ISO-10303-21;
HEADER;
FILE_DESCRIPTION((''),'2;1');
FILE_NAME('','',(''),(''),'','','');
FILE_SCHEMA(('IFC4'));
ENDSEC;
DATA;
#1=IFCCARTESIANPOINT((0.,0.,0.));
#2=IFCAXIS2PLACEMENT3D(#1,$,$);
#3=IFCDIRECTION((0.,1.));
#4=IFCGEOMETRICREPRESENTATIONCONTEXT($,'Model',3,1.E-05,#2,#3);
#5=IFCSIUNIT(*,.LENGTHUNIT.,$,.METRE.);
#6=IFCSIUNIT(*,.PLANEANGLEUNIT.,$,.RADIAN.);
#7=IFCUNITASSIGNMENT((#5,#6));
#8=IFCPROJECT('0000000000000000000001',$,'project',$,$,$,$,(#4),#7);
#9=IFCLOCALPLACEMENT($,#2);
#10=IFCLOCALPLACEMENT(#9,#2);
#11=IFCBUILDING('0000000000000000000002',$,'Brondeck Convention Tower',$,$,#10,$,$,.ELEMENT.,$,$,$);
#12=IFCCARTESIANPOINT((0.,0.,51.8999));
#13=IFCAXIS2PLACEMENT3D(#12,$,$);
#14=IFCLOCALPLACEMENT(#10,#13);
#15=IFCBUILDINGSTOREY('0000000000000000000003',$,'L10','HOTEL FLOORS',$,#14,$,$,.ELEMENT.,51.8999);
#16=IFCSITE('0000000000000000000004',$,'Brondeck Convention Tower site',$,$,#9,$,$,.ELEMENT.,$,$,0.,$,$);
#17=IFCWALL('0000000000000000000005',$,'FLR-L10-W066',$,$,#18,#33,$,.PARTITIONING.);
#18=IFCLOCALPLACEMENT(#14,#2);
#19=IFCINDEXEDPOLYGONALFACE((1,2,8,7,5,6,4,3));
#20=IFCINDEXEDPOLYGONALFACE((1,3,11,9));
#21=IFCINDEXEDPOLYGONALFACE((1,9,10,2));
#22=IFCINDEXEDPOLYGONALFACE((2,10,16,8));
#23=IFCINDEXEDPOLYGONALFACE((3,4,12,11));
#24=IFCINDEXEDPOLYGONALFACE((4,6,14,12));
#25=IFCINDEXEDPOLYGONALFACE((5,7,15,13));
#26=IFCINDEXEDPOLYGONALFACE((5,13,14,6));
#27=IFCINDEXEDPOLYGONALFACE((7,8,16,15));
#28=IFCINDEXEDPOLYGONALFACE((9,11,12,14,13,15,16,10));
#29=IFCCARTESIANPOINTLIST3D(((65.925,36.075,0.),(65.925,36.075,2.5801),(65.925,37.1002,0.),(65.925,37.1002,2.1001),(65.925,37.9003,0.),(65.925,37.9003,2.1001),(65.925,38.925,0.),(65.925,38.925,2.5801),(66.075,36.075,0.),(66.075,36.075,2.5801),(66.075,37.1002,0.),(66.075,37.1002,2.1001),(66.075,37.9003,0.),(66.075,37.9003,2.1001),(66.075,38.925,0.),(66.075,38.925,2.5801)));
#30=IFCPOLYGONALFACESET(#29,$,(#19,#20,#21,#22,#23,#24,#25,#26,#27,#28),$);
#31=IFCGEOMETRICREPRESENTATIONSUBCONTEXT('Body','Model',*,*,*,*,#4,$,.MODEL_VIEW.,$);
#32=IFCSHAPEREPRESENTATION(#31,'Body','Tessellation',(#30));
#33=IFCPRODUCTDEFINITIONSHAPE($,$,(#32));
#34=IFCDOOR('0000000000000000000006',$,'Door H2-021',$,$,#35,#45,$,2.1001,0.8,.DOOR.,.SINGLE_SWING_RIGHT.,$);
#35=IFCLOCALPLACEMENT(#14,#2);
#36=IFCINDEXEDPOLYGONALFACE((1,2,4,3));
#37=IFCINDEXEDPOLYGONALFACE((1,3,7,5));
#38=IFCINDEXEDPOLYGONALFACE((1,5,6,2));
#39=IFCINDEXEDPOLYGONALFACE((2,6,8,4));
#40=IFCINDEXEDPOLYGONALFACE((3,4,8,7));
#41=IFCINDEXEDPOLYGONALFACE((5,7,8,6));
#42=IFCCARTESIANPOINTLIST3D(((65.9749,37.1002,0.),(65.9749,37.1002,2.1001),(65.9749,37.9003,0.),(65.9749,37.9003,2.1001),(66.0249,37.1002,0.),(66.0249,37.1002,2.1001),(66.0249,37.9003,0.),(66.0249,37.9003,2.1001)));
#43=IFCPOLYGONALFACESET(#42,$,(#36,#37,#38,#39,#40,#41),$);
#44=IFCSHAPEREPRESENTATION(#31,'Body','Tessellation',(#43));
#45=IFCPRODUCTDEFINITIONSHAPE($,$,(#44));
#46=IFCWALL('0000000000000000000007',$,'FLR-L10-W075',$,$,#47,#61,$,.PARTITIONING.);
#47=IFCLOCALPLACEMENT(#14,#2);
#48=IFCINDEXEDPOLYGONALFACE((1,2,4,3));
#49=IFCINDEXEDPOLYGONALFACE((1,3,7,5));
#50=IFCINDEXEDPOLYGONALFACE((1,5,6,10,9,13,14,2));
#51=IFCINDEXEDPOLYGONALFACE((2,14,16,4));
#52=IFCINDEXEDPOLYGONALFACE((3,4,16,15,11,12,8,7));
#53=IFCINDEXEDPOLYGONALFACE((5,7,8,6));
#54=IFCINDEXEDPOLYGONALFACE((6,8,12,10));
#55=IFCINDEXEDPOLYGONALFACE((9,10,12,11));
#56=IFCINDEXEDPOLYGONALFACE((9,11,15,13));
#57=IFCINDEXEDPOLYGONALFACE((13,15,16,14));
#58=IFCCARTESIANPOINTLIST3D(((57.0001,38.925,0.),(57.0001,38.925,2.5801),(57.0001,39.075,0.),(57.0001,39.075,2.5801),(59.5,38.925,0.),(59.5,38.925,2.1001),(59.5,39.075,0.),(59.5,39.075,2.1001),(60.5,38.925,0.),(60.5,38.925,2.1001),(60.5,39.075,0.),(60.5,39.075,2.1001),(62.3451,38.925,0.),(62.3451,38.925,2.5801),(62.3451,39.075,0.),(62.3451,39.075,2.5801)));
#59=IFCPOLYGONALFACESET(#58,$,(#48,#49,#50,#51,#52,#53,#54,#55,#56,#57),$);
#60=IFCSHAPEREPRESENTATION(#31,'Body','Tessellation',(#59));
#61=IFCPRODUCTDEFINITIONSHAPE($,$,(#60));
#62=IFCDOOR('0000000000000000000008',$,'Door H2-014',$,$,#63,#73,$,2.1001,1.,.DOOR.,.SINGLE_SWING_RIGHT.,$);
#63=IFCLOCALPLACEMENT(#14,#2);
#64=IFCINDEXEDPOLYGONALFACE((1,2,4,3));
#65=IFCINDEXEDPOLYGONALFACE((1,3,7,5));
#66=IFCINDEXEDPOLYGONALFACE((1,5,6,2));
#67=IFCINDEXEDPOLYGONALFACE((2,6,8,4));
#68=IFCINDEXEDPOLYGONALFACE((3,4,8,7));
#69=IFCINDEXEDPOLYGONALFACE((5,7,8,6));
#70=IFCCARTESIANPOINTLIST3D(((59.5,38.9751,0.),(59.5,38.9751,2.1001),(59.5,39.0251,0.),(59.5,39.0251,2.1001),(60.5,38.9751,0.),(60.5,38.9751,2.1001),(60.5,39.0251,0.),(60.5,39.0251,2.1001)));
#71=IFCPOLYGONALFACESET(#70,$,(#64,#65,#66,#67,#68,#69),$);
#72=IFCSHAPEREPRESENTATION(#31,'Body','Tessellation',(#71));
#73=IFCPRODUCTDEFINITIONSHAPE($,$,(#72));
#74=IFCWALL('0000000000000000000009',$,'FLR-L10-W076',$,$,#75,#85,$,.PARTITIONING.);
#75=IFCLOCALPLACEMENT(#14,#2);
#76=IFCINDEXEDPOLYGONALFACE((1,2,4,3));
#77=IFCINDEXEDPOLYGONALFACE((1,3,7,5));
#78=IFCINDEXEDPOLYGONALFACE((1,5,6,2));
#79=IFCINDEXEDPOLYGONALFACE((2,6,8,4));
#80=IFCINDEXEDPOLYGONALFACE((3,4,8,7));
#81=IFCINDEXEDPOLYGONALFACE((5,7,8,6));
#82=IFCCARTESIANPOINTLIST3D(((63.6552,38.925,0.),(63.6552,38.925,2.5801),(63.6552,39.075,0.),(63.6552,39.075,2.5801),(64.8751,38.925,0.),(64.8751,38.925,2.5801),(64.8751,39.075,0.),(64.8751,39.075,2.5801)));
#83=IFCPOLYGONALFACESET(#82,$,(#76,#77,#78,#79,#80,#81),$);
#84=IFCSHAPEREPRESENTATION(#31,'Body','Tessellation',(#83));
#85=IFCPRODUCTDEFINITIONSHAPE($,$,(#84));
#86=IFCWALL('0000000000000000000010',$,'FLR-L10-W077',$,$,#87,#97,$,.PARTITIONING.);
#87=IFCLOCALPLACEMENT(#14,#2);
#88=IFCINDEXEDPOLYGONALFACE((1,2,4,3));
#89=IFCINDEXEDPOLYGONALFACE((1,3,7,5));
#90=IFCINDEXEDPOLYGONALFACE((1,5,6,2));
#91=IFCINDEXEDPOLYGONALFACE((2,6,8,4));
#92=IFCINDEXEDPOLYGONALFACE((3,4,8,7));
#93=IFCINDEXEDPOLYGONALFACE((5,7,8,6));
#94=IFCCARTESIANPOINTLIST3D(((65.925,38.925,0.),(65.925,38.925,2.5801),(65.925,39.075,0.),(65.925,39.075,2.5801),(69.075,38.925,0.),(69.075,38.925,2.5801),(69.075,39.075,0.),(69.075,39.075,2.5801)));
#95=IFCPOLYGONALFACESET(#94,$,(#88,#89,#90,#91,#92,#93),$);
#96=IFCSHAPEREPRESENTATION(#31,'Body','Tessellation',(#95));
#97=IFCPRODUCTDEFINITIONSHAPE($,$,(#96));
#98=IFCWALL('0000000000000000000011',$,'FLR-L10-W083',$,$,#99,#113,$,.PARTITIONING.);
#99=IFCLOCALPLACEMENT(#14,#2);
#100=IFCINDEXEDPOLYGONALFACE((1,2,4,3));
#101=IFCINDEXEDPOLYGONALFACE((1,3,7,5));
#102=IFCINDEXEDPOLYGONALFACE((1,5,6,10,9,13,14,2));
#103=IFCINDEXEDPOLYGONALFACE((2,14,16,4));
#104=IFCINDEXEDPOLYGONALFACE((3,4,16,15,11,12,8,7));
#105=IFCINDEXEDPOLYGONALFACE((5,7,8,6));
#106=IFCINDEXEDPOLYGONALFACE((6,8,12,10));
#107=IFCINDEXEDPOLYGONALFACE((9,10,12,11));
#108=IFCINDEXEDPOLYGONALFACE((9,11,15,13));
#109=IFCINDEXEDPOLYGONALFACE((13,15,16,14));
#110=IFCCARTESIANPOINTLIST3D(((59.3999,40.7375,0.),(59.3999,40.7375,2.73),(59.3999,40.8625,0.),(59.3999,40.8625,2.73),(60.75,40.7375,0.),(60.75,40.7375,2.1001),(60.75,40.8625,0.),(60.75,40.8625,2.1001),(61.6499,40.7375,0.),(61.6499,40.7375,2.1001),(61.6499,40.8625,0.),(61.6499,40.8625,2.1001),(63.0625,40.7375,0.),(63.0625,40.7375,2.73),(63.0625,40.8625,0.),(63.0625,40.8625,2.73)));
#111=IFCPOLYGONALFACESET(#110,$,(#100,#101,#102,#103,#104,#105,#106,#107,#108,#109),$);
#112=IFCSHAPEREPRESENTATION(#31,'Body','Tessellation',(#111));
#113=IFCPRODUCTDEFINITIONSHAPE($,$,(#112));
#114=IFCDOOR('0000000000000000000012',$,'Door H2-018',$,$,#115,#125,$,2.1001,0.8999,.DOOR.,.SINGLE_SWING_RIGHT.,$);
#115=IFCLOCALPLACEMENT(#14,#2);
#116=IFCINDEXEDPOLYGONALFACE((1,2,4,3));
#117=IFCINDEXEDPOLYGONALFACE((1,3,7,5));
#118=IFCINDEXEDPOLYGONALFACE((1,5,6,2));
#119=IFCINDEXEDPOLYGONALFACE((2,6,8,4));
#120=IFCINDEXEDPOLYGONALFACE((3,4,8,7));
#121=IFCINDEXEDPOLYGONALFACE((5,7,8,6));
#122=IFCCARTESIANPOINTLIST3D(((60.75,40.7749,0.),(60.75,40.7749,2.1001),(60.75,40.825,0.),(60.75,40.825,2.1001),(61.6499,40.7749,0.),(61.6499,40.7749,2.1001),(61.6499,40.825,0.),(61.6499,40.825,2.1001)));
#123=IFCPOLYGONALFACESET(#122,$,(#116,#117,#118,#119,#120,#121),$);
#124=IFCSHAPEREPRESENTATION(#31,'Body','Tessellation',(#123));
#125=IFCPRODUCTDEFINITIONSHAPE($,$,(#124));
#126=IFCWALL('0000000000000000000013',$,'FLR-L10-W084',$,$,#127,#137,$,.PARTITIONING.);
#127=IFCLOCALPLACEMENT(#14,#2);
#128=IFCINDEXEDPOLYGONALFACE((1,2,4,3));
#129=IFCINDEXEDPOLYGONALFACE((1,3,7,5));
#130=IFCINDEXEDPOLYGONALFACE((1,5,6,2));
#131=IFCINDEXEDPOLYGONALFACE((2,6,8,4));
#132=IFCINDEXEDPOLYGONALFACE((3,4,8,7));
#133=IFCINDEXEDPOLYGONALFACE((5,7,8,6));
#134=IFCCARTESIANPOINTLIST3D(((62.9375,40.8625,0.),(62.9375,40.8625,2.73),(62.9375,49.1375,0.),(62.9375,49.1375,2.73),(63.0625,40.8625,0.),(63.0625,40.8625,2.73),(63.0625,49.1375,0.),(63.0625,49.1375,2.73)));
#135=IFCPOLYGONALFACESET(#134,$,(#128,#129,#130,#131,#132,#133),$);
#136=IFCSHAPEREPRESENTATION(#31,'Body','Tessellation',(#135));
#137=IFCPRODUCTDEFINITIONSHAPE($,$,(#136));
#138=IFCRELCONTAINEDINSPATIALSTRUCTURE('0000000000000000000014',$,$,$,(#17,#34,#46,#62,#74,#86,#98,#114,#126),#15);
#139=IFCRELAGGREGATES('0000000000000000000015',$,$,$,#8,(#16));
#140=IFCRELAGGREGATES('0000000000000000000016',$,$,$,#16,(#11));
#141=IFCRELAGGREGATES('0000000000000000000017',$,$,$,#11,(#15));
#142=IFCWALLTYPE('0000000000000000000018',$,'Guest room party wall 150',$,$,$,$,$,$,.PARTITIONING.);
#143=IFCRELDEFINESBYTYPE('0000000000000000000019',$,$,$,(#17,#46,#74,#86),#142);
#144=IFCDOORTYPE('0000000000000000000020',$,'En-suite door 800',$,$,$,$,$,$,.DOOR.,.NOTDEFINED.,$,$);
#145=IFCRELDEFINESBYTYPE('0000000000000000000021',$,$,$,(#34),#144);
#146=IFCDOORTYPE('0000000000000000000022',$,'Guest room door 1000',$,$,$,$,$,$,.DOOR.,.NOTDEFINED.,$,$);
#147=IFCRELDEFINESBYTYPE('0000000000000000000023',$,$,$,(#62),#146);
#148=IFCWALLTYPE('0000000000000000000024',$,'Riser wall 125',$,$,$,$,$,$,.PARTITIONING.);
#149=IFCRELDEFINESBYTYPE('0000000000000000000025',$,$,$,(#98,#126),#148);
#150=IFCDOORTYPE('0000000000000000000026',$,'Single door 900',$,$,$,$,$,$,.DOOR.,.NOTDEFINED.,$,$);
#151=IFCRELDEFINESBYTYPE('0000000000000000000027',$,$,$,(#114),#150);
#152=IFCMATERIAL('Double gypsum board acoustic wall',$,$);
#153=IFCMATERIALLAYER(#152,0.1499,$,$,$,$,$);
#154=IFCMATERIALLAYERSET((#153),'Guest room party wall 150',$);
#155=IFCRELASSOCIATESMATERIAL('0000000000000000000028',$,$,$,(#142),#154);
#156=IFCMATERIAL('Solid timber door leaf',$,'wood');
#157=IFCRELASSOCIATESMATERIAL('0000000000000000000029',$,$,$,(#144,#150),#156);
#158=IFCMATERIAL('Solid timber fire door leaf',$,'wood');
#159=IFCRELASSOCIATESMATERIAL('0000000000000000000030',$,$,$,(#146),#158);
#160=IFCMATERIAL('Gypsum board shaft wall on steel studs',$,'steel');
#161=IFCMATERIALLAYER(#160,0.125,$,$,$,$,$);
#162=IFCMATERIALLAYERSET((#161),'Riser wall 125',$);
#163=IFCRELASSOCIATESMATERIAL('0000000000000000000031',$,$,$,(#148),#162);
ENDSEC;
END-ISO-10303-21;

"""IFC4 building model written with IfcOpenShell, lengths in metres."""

from ifc_helpers import new_model, si_unit, direction, frame, frame_2d, origin, place, context, subcontext, project, spatial, rectangle, extrude, material, layer, layer_set, type_object, element, fill, save


model = new_model("IFC4")

# Units and contexts
model_context = context("Model", 3, precision=1e-05, world=origin(), true_north=direction((0.0, 1.0)))
body_context = subcontext(model_context, "Body", "Model", "MODEL_VIEW")
ifc_project = project(units=[si_unit("LENGTHUNIT", "METRE"), si_unit("PLANEANGLEUNIT", "RADIAN")], contexts=[model_context])

# Site, building, storey
site_placement = place(None, origin())
site = spatial("IfcSite", under=ifc_project, at=site_placement, Name="Brondeck Convention Tower site", CompositionType="ELEMENT", RefElevation=0.0)
building_placement = place(site_placement, origin())
building = spatial("IfcBuilding", under=site, at=building_placement, Name="Brondeck Convention Tower", CompositionType="ELEMENT")
storey_placement = place(building_placement, frame((0.0, 0.0, 51.8999)))
storey = spatial("IfcBuildingStorey", under=building, at=storey_placement, Name="L10", Description="HOTEL FLOORS", CompositionType="ELEMENT", Elevation=51.8999)

# Shared definitions
ifc_material_1 = material(Name="Double gypsum board acoustic wall")
ifc_layer_1 = layer(ifc_material_1, 0.1499)
ifc_layer_set_1 = layer_set([ifc_layer_1], Name="Guest room party wall 150")
wall_type_1 = type_object("IfcWallType", Name="Guest room party wall 150", PredefinedType="PARTITIONING", material=ifc_layer_set_1)

# Walls, openings, doors
wall_1_placement = place(storey_placement, frame((66.0, 38.925, 0.0), z_axis=(0.0, 0.0, 1.0), x_axis=(0.0, -1.0, 0.0)))
wall_1 = element("IfcWall", 1, at=wall_1_placement, inside=storey, type_object=wall_type_1, Name="FLR-L10-W066", PredefinedType="PARTITIONING", context=body_context, shape_type="SweptSolid", body=[
    extrude(rectangle(XDim=2.8501, YDim=0.1499, at=frame_2d((1.425, 0.0))), origin(), (0.0, 0.0, 1.0), 2.5801),
])
opening_1_placement = place(wall_1_placement, frame((1.0249, 0.0, 0.0)))
opening_1 = element("IfcOpeningElement", 2, at=opening_1_placement, cuts=wall_1, PredefinedType="OPENING", context=body_context, shape_type="SweptSolid", body=[
    extrude(rectangle(XDim=0.8, YDim=2.1001, at=frame_2d((0.3999, 1.05))), frame((0.0, 0.085, 0.0), z_axis=(0.0, -1.0, 0.0), x_axis=(1.0, 0.0, 0.0)), (0.0, 0.0, 1.0), 0.1699),
])
ifc_material_2 = material(Name="Solid timber door leaf", Category="wood")
door_type_1 = type_object("IfcDoorType", Name="En-suite door 800", OperationType="NOTDEFINED", PredefinedType="DOOR", material=ifc_material_2)
door_1_placement = place(opening_1_placement, origin())
door_1 = element("IfcDoor", 3, at=door_1_placement, inside=storey, type_object=door_type_1, Name="Door H2-021", OperationType="SINGLE_SWING_RIGHT", OverallHeight=2.1001, OverallWidth=0.8, PredefinedType="DOOR", context=body_context, shape_type="SweptSolid", body=[
    extrude(rectangle(XDim=0.8, YDim=2.1001, at=frame_2d((0.3999, 1.05))), frame((0.0, 0.0249, 0.0), z_axis=(0.0, -1.0, 0.0), x_axis=(1.0, 0.0, 0.0)), (0.0, 0.0, 1.0), 0.05),
])
fill(opening_1, door_1)
wall_2_placement = place(storey_placement, frame((62.345, 39.0, 0.0), z_axis=(0.0, 0.0, 1.0), x_axis=(-1.0, 0.0, 0.0)))
wall_2 = element("IfcWall", 4, at=wall_2_placement, inside=storey, type_object=wall_type_1, Name="FLR-L10-W075", PredefinedType="PARTITIONING", context=body_context, shape_type="SweptSolid", body=[
    extrude(rectangle(XDim=5.345, YDim=0.1499, at=frame_2d((2.6724, 0.0))), origin(), (0.0, 0.0, 1.0), 2.5801),
])
opening_2_placement = place(wall_2_placement, frame((1.845, 0.0, 0.0)))
opening_2 = element("IfcOpeningElement", 5, at=opening_2_placement, cuts=wall_2, PredefinedType="OPENING", context=body_context, shape_type="SweptSolid", body=[
    extrude(rectangle(XDim=1.0, YDim=2.1001, at=frame_2d((0.5, 1.05))), frame((0.0, 0.085, 0.0), z_axis=(0.0, -1.0, 0.0), x_axis=(1.0, 0.0, 0.0)), (0.0, 0.0, 1.0), 0.1699),
])
ifc_material_3 = material(Name="Solid timber fire door leaf", Category="wood")
door_type_2 = type_object("IfcDoorType", Name="Guest room door 1000", OperationType="NOTDEFINED", PredefinedType="DOOR", material=ifc_material_3)
door_2_placement = place(opening_2_placement, origin())
door_2 = element("IfcDoor", 6, at=door_2_placement, inside=storey, type_object=door_type_2, Name="Door H2-014", OperationType="SINGLE_SWING_RIGHT", OverallHeight=2.1001, OverallWidth=1.0, PredefinedType="DOOR", context=body_context, shape_type="SweptSolid", body=[
    extrude(rectangle(XDim=1.0, YDim=2.1001, at=frame_2d((0.5, 1.05))), frame((0.0, 0.0249, 0.0), z_axis=(0.0, -1.0, 0.0), x_axis=(1.0, 0.0, 0.0)), (0.0, 0.0, 1.0), 0.05),
])
fill(opening_2, door_2)

# Walls
wall_3_placement = place(storey_placement, frame((64.875, 39.0, 0.0), z_axis=(0.0, 0.0, 1.0), x_axis=(-1.0, 0.0, 0.0)))
element("IfcWall", 7, at=wall_3_placement, inside=storey, type_object=wall_type_1, Name="FLR-L10-W076", PredefinedType="PARTITIONING", context=body_context, shape_type="SweptSolid", body=[
    extrude(rectangle(XDim=1.22, YDim=0.1499, at=frame_2d((0.6099, 0.0))), origin(), (0.0, 0.0, 1.0), 2.5801),
])
wall_4_placement = place(storey_placement, frame((69.075, 39.0, 0.0), z_axis=(0.0, 0.0, 1.0), x_axis=(-1.0, 0.0, 0.0)))
element("IfcWall", 8, at=wall_4_placement, inside=storey, type_object=wall_type_1, Name="FLR-L10-W077", PredefinedType="PARTITIONING", context=body_context, shape_type="SweptSolid", body=[
    extrude(rectangle(XDim=3.1499, YDim=0.1499, at=frame_2d((1.575, 0.0))), origin(), (0.0, 0.0, 1.0), 2.5801),
])

# Wall, opening, door
ifc_material_4 = material(Name="Gypsum board shaft wall on steel studs", Category="steel")
ifc_layer_2 = layer(ifc_material_4, 0.125)
ifc_layer_set_2 = layer_set([ifc_layer_2], Name="Riser wall 125")
wall_type_2 = type_object("IfcWallType", Name="Riser wall 125", PredefinedType="PARTITIONING", material=ifc_layer_set_2)
wall_5_placement = place(storey_placement, frame((59.3999, 40.8, 0.0), z_axis=(0.0, 0.0, 1.0), x_axis=(1.0, 0.0, 0.0)))
wall_5 = element("IfcWall", 9, at=wall_5_placement, inside=storey, type_object=wall_type_2, Name="FLR-L10-W083", PredefinedType="PARTITIONING", context=body_context, shape_type="SweptSolid", body=[
    extrude(rectangle(XDim=3.6626, YDim=0.125, at=frame_2d((1.8313, 0.0))), origin(), (0.0, 0.0, 1.0), 2.73),
])
opening_3_placement = place(wall_5_placement, frame((1.3501, 0.0, 0.0)))
opening_3 = element("IfcOpeningElement", 10, at=opening_3_placement, cuts=wall_5, PredefinedType="OPENING", context=body_context, shape_type="SweptSolid", body=[
    extrude(rectangle(XDim=0.8999, YDim=2.1001, at=frame_2d((0.45, 1.05))), frame((0.0, 0.0725, 0.0), z_axis=(0.0, -1.0, 0.0), x_axis=(1.0, 0.0, 0.0)), (0.0, 0.0, 1.0), 0.145),
])
door_type_3 = type_object("IfcDoorType", Name="Single door 900", OperationType="NOTDEFINED", PredefinedType="DOOR", material=ifc_material_2)
door_3_placement = place(opening_3_placement, origin())
door_3 = element("IfcDoor", 11, at=door_3_placement, inside=storey, type_object=door_type_3, Name="Door H2-018", OperationType="SINGLE_SWING_RIGHT", OverallHeight=2.1001, OverallWidth=0.8999, PredefinedType="DOOR", context=body_context, shape_type="SweptSolid", body=[
    extrude(rectangle(XDim=0.8999, YDim=2.1001, at=frame_2d((0.45, 1.05))), frame((0.0, 0.0249, 0.0), z_axis=(0.0, -1.0, 0.0), x_axis=(1.0, 0.0, 0.0)), (0.0, 0.0, 1.0), 0.05),
])
fill(opening_3, door_3)

# Wall
wall_6_placement = place(storey_placement, frame((63.0, 40.8625, 0.0), z_axis=(0.0, 0.0, 1.0), x_axis=(0.0, 1.0, 0.0)))
element("IfcWall", 12, at=wall_6_placement, inside=storey, type_object=wall_type_2, Name="FLR-L10-W084", PredefinedType="PARTITIONING", context=body_context, shape_type="SweptSolid", body=[
    extrude(rectangle(XDim=8.2749, YDim=0.125, at=frame_2d((4.1375, 0.0))), origin(), (0.0, 0.0, 1.0), 2.73),
])

save(model, "model.ifc")
